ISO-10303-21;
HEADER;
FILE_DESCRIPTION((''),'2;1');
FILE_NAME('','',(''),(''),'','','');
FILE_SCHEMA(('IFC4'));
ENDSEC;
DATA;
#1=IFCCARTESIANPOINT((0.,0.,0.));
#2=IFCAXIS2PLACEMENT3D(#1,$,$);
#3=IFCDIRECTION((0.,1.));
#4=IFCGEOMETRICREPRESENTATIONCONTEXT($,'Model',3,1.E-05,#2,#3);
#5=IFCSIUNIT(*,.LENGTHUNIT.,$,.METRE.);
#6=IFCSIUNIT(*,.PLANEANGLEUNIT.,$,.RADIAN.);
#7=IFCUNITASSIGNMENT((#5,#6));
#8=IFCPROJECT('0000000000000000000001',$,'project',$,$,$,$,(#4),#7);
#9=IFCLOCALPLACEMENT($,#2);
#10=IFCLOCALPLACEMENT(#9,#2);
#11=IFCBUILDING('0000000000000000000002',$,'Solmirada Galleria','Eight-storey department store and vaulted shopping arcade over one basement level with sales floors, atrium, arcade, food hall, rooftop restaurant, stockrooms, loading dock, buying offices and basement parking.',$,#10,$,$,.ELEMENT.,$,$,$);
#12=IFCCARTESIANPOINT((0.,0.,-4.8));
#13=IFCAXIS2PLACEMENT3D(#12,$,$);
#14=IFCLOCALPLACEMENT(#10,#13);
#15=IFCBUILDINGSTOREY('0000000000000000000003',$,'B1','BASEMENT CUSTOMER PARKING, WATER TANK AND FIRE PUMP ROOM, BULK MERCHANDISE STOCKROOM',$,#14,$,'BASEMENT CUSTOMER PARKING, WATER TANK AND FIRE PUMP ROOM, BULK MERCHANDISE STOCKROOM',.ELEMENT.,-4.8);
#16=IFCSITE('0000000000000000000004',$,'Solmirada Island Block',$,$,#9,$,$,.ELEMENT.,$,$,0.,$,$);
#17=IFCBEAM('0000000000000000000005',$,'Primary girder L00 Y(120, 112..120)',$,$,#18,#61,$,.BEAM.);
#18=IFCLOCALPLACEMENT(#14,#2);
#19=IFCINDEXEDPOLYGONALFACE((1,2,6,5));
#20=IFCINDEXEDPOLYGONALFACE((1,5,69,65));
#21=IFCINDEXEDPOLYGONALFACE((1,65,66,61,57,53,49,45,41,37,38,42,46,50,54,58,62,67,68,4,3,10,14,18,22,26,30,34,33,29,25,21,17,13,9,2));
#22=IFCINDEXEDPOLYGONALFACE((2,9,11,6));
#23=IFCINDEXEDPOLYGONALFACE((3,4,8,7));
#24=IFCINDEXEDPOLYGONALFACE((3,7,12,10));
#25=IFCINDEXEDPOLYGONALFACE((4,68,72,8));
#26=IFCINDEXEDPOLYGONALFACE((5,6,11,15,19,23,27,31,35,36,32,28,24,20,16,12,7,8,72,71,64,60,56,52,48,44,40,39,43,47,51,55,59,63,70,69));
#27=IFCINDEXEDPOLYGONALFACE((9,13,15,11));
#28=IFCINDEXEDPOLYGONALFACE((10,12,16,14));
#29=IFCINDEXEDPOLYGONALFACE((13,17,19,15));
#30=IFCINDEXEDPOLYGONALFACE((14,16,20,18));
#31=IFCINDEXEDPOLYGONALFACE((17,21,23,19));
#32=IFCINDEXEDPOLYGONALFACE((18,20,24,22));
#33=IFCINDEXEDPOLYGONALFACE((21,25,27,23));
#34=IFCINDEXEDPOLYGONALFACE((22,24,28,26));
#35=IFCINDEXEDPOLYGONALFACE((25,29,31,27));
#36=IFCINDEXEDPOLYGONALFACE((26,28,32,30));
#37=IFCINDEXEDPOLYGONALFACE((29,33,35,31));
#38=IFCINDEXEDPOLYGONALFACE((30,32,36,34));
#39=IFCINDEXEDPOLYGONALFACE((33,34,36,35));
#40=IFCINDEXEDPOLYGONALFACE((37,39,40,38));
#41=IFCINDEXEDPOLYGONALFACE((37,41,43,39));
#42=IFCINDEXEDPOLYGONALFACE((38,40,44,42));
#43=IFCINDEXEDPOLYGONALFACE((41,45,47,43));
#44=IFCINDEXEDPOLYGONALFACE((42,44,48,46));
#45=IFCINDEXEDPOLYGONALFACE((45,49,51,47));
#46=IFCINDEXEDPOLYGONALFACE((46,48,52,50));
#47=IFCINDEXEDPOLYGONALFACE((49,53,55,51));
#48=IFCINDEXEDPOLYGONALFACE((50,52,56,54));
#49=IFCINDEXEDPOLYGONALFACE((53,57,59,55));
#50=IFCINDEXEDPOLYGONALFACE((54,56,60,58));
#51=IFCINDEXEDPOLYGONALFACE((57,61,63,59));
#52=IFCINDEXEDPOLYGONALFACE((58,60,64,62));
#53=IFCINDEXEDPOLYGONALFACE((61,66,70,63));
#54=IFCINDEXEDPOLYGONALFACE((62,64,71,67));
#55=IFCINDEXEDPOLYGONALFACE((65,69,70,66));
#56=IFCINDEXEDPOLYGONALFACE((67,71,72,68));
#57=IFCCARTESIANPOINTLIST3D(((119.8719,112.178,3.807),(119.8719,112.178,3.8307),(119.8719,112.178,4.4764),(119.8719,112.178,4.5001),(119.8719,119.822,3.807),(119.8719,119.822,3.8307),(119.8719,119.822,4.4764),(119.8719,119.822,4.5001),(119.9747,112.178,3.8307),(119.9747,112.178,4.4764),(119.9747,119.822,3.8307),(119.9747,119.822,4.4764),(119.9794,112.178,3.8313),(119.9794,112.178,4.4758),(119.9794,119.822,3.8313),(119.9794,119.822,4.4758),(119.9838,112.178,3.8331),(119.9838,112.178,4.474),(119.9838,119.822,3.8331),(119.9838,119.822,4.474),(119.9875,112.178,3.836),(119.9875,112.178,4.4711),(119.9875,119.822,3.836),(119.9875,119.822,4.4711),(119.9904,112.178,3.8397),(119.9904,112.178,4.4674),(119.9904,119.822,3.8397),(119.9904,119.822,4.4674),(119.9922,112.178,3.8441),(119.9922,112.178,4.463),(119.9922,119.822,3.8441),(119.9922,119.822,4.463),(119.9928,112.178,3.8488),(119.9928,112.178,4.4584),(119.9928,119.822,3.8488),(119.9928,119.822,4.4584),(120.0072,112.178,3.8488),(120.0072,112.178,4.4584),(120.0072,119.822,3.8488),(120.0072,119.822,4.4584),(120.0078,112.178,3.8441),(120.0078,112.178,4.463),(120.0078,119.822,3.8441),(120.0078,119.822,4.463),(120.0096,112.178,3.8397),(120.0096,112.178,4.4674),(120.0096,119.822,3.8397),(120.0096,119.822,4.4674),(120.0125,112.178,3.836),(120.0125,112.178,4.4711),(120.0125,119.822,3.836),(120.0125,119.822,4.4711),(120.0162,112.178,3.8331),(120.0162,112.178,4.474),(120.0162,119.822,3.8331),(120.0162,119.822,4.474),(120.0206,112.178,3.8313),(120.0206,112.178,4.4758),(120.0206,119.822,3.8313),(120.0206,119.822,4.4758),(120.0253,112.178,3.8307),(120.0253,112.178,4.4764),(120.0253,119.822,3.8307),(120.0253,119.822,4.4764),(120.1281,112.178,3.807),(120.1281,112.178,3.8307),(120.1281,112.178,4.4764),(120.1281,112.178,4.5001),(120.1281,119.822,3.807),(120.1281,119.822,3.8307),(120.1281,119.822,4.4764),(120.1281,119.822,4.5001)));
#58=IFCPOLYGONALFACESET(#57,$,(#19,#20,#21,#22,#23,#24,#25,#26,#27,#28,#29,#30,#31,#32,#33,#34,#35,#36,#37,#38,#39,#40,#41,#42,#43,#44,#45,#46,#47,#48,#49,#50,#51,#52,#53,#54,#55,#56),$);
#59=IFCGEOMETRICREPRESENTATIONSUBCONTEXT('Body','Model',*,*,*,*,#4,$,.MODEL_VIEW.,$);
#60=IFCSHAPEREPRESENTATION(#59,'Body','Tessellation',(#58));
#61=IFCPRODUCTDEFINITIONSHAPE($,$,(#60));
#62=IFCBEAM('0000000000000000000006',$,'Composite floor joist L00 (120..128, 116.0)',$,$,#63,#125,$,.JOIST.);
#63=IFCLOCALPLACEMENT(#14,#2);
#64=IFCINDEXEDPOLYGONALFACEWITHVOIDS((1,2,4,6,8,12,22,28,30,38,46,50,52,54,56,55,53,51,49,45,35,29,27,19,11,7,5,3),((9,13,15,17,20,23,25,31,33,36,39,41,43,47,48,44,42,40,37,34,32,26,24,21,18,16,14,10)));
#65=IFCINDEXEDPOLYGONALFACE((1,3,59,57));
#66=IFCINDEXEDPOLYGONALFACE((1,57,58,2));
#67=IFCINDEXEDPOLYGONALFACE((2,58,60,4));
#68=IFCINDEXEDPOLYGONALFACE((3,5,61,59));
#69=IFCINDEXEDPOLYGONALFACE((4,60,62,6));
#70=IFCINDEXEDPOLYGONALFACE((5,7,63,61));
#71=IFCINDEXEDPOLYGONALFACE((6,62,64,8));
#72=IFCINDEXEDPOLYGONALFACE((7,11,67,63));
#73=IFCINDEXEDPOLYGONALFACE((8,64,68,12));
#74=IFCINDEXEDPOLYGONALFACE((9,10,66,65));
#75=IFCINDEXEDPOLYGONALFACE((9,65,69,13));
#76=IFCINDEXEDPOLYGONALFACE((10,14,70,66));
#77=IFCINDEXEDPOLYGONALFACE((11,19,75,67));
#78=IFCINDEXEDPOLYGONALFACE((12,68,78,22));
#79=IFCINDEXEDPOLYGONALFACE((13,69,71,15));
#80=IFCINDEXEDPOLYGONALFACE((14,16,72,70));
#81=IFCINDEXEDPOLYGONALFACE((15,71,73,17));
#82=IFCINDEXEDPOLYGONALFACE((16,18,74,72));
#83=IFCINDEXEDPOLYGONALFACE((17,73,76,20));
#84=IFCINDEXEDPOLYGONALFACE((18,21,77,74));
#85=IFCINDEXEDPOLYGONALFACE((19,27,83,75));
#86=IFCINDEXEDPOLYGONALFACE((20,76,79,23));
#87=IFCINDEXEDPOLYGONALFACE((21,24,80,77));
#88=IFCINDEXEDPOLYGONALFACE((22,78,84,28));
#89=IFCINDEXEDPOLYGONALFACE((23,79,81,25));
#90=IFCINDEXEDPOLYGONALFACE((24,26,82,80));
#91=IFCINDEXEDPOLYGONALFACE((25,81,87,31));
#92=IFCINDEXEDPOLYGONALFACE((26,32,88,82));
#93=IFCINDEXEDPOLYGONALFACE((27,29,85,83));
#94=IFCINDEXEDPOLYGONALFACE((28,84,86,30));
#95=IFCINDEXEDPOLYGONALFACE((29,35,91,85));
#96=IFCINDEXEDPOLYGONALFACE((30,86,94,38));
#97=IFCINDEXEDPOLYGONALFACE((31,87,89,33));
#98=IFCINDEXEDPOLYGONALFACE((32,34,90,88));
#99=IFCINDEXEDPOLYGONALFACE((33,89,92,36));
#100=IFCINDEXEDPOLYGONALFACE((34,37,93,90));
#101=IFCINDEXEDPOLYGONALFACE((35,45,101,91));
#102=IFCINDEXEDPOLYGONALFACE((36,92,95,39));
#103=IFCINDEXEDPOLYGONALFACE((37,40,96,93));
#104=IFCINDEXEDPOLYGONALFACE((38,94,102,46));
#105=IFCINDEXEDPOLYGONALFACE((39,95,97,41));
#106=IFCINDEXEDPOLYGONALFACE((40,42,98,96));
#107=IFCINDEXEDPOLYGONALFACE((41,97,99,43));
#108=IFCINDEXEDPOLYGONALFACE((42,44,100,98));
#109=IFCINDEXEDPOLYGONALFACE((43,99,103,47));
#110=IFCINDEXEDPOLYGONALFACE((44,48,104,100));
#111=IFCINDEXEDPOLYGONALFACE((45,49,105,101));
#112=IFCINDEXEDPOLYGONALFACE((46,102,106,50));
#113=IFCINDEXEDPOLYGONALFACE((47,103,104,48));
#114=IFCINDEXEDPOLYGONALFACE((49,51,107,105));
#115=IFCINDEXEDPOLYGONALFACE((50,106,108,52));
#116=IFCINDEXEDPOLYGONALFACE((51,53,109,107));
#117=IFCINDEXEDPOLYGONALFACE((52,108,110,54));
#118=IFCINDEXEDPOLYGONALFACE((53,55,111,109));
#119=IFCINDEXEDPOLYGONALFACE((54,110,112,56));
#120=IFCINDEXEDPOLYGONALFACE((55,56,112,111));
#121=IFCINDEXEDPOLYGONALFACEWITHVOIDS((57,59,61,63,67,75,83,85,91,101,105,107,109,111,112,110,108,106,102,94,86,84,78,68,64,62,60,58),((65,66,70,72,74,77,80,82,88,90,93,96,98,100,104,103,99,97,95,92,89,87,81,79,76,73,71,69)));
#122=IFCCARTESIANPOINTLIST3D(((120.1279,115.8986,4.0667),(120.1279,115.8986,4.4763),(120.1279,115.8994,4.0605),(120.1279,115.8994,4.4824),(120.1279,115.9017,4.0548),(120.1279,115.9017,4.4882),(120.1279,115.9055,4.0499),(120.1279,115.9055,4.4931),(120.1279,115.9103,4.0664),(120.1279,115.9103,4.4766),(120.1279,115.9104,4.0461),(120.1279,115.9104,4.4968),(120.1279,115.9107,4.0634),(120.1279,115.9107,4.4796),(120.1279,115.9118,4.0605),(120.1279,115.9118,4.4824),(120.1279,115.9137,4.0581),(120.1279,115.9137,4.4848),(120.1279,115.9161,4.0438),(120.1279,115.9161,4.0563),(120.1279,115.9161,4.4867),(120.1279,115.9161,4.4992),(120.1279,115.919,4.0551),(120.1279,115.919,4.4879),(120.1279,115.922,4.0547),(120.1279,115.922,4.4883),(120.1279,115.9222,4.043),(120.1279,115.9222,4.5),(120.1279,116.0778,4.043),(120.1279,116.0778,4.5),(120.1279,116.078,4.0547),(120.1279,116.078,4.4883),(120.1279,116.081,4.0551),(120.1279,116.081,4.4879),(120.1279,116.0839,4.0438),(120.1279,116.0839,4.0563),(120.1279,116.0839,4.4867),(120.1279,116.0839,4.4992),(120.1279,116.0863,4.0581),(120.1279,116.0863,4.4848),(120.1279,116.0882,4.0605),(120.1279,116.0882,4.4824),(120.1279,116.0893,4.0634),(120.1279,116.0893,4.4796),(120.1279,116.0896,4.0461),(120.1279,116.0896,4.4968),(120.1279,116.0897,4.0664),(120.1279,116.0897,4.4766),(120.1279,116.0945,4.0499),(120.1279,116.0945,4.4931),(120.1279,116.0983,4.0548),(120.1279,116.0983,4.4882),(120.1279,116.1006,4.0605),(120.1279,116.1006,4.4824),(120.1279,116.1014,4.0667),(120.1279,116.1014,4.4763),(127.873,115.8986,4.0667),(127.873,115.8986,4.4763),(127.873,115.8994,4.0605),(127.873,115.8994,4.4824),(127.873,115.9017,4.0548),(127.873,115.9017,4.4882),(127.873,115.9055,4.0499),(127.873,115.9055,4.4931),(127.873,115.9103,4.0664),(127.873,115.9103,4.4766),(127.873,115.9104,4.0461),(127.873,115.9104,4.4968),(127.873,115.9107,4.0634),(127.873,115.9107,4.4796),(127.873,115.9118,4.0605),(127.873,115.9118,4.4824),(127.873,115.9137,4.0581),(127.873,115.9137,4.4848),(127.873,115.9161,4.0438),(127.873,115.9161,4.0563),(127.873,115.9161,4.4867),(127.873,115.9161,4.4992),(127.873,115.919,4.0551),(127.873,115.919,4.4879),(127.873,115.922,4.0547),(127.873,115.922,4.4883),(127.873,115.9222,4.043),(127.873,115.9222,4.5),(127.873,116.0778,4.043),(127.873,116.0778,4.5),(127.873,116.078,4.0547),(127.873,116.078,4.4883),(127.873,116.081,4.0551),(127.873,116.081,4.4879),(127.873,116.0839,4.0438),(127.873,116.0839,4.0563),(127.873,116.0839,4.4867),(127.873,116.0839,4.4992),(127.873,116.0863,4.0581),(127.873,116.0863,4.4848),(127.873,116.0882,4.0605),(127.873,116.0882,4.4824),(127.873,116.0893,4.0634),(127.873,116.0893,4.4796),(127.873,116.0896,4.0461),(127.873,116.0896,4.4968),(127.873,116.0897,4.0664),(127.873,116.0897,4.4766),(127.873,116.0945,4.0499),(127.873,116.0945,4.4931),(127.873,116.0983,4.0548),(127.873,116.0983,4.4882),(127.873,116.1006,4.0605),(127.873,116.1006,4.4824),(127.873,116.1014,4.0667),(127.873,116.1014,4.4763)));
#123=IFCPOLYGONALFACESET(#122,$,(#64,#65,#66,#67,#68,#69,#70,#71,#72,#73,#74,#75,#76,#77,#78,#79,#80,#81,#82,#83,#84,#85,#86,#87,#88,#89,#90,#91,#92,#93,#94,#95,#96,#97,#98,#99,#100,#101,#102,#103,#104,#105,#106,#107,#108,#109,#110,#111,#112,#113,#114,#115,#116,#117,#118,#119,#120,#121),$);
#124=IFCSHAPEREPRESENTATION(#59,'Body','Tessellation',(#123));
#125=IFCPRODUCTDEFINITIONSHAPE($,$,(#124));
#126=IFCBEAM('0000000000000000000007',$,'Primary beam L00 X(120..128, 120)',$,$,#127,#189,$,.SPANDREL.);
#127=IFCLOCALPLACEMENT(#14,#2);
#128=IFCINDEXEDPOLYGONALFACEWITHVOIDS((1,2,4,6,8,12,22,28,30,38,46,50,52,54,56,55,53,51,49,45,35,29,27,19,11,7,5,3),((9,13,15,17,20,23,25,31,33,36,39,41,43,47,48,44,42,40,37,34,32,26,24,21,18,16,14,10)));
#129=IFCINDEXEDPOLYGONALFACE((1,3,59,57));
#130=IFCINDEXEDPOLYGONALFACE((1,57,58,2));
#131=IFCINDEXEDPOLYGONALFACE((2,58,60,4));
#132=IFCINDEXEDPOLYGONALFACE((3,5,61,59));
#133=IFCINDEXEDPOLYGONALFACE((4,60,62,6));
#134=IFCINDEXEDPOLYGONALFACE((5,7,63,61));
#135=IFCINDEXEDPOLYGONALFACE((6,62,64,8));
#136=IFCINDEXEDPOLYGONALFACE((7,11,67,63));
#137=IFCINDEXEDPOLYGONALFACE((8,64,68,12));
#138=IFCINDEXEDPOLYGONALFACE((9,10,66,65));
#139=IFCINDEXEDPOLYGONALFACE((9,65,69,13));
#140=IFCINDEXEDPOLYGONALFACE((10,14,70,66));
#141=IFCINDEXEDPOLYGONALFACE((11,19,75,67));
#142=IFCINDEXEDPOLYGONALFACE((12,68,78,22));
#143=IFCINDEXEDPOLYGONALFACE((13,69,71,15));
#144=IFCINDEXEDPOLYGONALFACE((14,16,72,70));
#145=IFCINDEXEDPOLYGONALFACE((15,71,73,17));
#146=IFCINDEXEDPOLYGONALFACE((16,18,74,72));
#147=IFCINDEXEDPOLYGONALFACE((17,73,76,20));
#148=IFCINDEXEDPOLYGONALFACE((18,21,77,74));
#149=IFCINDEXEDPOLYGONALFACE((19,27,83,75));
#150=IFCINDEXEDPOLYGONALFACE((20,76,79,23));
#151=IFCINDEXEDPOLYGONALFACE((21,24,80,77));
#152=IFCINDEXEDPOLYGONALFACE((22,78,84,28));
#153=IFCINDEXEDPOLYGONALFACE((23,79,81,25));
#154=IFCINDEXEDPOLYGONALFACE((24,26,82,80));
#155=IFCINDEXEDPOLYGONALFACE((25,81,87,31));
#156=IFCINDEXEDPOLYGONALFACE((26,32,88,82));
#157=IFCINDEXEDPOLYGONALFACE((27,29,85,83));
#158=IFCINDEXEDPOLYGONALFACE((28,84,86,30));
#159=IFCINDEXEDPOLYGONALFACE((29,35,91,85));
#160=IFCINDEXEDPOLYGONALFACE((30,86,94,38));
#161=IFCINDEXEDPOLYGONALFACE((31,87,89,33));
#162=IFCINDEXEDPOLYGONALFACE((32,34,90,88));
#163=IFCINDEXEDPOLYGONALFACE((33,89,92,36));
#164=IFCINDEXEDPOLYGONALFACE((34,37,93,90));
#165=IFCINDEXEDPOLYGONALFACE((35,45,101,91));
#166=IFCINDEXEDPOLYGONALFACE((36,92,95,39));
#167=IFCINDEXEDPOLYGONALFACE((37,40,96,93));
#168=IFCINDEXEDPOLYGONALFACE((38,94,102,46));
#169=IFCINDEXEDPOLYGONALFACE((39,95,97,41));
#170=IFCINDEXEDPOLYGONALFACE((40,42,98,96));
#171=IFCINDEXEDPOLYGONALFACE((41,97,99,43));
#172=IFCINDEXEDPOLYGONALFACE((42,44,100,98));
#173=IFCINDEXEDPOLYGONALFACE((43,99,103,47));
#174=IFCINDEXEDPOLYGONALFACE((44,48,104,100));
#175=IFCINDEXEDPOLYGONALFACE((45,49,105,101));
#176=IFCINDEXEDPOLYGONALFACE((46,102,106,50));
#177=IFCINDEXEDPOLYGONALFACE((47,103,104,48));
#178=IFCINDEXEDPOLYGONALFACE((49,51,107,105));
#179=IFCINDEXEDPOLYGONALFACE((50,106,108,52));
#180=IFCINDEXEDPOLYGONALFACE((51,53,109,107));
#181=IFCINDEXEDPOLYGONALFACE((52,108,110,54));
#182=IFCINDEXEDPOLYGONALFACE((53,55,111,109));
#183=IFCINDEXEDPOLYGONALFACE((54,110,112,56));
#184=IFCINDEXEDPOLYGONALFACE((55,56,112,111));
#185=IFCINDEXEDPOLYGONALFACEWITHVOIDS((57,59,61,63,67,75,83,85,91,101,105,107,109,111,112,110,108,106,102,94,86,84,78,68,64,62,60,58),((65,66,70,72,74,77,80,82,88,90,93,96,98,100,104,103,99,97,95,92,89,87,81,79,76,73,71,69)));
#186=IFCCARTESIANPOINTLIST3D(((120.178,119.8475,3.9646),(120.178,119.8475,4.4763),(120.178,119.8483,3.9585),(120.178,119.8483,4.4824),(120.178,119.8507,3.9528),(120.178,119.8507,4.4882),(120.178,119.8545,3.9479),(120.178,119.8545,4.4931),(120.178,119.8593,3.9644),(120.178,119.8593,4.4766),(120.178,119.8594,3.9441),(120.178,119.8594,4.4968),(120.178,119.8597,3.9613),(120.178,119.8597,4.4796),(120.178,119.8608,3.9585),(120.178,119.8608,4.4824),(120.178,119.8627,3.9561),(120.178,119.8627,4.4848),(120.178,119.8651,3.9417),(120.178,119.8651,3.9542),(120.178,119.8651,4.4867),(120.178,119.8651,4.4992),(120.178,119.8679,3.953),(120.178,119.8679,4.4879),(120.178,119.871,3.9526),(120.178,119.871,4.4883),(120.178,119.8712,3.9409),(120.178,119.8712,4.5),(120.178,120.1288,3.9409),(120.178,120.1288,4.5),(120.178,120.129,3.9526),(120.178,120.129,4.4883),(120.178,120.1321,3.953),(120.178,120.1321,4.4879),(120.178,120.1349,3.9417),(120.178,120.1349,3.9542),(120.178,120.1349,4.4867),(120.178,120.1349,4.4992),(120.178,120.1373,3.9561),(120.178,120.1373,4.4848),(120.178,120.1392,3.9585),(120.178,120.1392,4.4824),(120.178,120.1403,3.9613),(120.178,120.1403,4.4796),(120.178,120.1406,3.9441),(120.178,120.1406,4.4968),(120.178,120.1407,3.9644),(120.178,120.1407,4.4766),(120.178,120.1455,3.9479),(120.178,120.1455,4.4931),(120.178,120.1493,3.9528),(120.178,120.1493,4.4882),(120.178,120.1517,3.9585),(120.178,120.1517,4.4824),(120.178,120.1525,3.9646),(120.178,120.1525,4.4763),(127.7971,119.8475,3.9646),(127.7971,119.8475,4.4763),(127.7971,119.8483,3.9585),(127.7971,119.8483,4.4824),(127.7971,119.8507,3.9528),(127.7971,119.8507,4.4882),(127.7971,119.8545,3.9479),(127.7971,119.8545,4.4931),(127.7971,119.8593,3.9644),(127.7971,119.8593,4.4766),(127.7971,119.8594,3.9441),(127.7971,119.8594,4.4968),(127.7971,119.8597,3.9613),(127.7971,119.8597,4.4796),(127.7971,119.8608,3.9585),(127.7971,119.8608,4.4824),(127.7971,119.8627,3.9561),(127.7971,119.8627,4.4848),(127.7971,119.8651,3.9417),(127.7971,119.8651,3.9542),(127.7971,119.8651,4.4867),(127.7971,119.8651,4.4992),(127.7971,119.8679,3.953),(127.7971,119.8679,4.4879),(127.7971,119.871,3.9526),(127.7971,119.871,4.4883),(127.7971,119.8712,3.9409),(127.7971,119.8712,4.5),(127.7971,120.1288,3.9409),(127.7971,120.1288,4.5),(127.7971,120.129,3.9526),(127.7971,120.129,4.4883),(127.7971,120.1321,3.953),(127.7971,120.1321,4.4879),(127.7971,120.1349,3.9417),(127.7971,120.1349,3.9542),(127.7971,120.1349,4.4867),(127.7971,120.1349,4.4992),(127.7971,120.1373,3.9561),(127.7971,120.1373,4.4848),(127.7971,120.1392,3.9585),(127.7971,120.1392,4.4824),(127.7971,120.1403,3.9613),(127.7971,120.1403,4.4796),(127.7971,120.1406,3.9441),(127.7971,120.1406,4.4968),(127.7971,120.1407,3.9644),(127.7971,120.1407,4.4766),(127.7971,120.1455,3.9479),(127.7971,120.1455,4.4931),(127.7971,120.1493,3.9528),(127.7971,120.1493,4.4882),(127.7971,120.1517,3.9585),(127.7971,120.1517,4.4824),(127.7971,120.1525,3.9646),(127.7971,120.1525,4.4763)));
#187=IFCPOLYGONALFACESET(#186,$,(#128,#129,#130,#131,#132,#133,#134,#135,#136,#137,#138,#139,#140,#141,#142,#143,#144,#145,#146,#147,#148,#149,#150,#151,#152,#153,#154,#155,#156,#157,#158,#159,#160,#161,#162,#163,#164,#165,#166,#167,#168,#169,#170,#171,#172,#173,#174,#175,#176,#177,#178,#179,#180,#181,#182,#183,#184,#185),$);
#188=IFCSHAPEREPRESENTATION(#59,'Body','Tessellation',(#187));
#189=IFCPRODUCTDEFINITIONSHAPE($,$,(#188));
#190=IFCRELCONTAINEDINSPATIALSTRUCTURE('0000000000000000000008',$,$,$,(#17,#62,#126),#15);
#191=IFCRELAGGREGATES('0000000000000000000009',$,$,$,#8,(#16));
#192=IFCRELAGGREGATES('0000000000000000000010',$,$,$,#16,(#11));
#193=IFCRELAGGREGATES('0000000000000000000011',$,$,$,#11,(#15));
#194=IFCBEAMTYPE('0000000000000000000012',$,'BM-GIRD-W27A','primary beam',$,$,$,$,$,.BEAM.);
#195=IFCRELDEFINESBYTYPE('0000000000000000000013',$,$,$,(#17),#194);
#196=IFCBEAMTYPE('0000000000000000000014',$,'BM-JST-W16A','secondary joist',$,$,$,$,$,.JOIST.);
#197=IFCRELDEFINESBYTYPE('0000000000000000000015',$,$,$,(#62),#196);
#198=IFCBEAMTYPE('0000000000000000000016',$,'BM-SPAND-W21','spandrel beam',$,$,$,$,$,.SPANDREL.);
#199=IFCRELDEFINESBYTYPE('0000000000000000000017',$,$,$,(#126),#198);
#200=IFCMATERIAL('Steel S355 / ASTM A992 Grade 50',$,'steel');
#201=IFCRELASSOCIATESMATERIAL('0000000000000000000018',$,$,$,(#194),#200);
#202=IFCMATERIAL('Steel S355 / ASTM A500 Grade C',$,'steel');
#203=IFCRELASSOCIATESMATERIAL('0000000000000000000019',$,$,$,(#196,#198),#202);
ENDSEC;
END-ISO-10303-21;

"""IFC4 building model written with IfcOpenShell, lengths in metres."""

from ifc_helpers import new_model, si_unit, direction, frame, origin, origin_2d, place, context, subcontext, project, spatial, hollow_rectangle, i_section, extrude, material, material_profile, profile_set, type_object, element, save


model = new_model("IFC4")

# Units and contexts
model_context = context("Model", 3, precision=1e-05, world=origin(), true_north=direction((0.0, 1.0)))
body_context = subcontext(model_context, "Body", "Model", "MODEL_VIEW")
ifc_project = project(units=[si_unit("LENGTHUNIT", "METRE"), si_unit("PLANEANGLEUNIT", "RADIAN")], contexts=[model_context])

# Site, building, storey
site_placement = place(None, origin())
site = spatial("IfcSite", under=ifc_project, at=site_placement, Name="Solmirada Island Block", CompositionType="ELEMENT", RefElevation=0.0)
building_placement = place(site_placement, origin())
building = spatial("IfcBuilding", under=site, at=building_placement, Name="Solmirada Galleria", Description="Eight-storey department store and vaulted shopping arcade over one basement level with sales floors, atrium, arcade, food hall, rooftop restaurant, stockrooms, loading dock, buying offices and basement parking.", CompositionType="ELEMENT")
storey_placement = place(building_placement, frame((0.0, 0.0, -4.8)))
storey = spatial("IfcBuildingStorey", under=building, at=storey_placement, Name="B1", Description="BASEMENT CUSTOMER PARKING, WATER TANK AND FIRE PUMP ROOM, BULK MERCHANDISE STOCKROOM", LongName="BASEMENT CUSTOMER PARKING, WATER TANK AND FIRE PUMP ROOM, BULK MERCHANDISE STOCKROOM", CompositionType="ELEMENT", Elevation=-4.8)

# Shared definitions
ifc_material_1 = material(Name="Steel S355 / ASTM A500 Grade C", Category="steel")

# Beams
ifc_material_2 = material(Name="Steel S355 / ASTM A992 Grade 50", Category="steel")
ifc_material_profile_1 = material_profile(ifc_material_2, i_section(OverallWidth=0.2561, OverallDepth=0.6931, WebThickness=0.0144, FlangeThickness=0.0237, FilletRadius=0.0181, at=origin_2d()), Name="W27X114")
ifc_profile_set_1 = profile_set([ifc_material_profile_1], Name="Steel S355 / ASTM A992 Grade 50")
beam_type_1 = type_object("IfcBeamType", Name="BM-GIRD-W27A", Description="primary beam", PredefinedType="BEAM", material=ifc_profile_set_1)
beam_1_placement = place(storey_placement, frame((120.0, 112.178, 4.1536), z_axis=(0.0, 1.0, 0.0), x_axis=(-1.0, 0.0, 0.0)))
element("IfcBeam", 1, at=beam_1_placement, inside=storey, type_object=beam_type_1, Name="Primary girder L00 Y(120, 112..120)", PredefinedType="BEAM", context=body_context, shape_type="SweptSolid", body=[
    extrude(i_section(OverallWidth=0.2561, OverallDepth=0.6931, WebThickness=0.0144, FlangeThickness=0.0237, FilletRadius=0.0181, at=origin_2d()), origin(), (0.0, 0.0, 1.0), 7.644),
])
ifc_material_profile_2 = material_profile(ifc_material_1, hollow_rectangle(XDim=0.2029, YDim=0.457, WallThickness=0.0117, InnerFilletRadius=0.0117, OuterFilletRadius=0.0237, at=origin_2d()), Name="HSS18X8X1/2")
ifc_profile_set_2 = profile_set([ifc_material_profile_2], Name="Steel S355 / ASTM A500 Grade C")
beam_type_2 = type_object("IfcBeamType", Name="BM-JST-W16A", Description="secondary joist", PredefinedType="JOIST", material=ifc_profile_set_2)
beam_2_placement = place(storey_placement, frame((120.1279, 116.0, 4.2715), z_axis=(1.0, 0.0, 0.0), x_axis=(0.0, 1.0, 0.0)))
element("IfcBeam", 2, at=beam_2_placement, inside=storey, type_object=beam_type_2, Name="Composite floor joist L00 (120..128, 116.0)", PredefinedType="JOIST", context=body_context, shape_type="SweptSolid", body=[
    extrude(hollow_rectangle(XDim=0.2029, YDim=0.457, WallThickness=0.0117, InnerFilletRadius=0.0117, OuterFilletRadius=0.0237, at=origin_2d()), origin(), (0.0, 0.0, 1.0), 7.7451),
])
ifc_material_profile_3 = material_profile(ifc_material_1, hollow_rectangle(XDim=0.3049, YDim=0.5591, WallThickness=0.0117, InnerFilletRadius=0.0117, OuterFilletRadius=0.0237, at=origin_2d()), Name="HSS22X12X1/2")
ifc_profile_set_3 = profile_set([ifc_material_profile_3], Name="Steel S355 / ASTM A500 Grade C")
beam_type_3 = type_object("IfcBeamType", Name="BM-SPAND-W21", Description="spandrel beam", PredefinedType="SPANDREL", material=ifc_profile_set_3)
beam_3_placement = place(storey_placement, frame((120.178, 120.0, 4.2205), z_axis=(1.0, 0.0, 0.0), x_axis=(0.0, 1.0, 0.0)))
element("IfcBeam", 3, at=beam_3_placement, inside=storey, type_object=beam_type_3, Name="Primary beam L00 X(120..128, 120)", PredefinedType="SPANDREL", context=body_context, shape_type="SweptSolid", body=[
    extrude(hollow_rectangle(XDim=0.3049, YDim=0.5591, WallThickness=0.0117, InnerFilletRadius=0.0117, OuterFilletRadius=0.0237, at=origin_2d()), origin(), (0.0, 0.0, 1.0), 7.6191),
])

save(model, "model.ifc")
